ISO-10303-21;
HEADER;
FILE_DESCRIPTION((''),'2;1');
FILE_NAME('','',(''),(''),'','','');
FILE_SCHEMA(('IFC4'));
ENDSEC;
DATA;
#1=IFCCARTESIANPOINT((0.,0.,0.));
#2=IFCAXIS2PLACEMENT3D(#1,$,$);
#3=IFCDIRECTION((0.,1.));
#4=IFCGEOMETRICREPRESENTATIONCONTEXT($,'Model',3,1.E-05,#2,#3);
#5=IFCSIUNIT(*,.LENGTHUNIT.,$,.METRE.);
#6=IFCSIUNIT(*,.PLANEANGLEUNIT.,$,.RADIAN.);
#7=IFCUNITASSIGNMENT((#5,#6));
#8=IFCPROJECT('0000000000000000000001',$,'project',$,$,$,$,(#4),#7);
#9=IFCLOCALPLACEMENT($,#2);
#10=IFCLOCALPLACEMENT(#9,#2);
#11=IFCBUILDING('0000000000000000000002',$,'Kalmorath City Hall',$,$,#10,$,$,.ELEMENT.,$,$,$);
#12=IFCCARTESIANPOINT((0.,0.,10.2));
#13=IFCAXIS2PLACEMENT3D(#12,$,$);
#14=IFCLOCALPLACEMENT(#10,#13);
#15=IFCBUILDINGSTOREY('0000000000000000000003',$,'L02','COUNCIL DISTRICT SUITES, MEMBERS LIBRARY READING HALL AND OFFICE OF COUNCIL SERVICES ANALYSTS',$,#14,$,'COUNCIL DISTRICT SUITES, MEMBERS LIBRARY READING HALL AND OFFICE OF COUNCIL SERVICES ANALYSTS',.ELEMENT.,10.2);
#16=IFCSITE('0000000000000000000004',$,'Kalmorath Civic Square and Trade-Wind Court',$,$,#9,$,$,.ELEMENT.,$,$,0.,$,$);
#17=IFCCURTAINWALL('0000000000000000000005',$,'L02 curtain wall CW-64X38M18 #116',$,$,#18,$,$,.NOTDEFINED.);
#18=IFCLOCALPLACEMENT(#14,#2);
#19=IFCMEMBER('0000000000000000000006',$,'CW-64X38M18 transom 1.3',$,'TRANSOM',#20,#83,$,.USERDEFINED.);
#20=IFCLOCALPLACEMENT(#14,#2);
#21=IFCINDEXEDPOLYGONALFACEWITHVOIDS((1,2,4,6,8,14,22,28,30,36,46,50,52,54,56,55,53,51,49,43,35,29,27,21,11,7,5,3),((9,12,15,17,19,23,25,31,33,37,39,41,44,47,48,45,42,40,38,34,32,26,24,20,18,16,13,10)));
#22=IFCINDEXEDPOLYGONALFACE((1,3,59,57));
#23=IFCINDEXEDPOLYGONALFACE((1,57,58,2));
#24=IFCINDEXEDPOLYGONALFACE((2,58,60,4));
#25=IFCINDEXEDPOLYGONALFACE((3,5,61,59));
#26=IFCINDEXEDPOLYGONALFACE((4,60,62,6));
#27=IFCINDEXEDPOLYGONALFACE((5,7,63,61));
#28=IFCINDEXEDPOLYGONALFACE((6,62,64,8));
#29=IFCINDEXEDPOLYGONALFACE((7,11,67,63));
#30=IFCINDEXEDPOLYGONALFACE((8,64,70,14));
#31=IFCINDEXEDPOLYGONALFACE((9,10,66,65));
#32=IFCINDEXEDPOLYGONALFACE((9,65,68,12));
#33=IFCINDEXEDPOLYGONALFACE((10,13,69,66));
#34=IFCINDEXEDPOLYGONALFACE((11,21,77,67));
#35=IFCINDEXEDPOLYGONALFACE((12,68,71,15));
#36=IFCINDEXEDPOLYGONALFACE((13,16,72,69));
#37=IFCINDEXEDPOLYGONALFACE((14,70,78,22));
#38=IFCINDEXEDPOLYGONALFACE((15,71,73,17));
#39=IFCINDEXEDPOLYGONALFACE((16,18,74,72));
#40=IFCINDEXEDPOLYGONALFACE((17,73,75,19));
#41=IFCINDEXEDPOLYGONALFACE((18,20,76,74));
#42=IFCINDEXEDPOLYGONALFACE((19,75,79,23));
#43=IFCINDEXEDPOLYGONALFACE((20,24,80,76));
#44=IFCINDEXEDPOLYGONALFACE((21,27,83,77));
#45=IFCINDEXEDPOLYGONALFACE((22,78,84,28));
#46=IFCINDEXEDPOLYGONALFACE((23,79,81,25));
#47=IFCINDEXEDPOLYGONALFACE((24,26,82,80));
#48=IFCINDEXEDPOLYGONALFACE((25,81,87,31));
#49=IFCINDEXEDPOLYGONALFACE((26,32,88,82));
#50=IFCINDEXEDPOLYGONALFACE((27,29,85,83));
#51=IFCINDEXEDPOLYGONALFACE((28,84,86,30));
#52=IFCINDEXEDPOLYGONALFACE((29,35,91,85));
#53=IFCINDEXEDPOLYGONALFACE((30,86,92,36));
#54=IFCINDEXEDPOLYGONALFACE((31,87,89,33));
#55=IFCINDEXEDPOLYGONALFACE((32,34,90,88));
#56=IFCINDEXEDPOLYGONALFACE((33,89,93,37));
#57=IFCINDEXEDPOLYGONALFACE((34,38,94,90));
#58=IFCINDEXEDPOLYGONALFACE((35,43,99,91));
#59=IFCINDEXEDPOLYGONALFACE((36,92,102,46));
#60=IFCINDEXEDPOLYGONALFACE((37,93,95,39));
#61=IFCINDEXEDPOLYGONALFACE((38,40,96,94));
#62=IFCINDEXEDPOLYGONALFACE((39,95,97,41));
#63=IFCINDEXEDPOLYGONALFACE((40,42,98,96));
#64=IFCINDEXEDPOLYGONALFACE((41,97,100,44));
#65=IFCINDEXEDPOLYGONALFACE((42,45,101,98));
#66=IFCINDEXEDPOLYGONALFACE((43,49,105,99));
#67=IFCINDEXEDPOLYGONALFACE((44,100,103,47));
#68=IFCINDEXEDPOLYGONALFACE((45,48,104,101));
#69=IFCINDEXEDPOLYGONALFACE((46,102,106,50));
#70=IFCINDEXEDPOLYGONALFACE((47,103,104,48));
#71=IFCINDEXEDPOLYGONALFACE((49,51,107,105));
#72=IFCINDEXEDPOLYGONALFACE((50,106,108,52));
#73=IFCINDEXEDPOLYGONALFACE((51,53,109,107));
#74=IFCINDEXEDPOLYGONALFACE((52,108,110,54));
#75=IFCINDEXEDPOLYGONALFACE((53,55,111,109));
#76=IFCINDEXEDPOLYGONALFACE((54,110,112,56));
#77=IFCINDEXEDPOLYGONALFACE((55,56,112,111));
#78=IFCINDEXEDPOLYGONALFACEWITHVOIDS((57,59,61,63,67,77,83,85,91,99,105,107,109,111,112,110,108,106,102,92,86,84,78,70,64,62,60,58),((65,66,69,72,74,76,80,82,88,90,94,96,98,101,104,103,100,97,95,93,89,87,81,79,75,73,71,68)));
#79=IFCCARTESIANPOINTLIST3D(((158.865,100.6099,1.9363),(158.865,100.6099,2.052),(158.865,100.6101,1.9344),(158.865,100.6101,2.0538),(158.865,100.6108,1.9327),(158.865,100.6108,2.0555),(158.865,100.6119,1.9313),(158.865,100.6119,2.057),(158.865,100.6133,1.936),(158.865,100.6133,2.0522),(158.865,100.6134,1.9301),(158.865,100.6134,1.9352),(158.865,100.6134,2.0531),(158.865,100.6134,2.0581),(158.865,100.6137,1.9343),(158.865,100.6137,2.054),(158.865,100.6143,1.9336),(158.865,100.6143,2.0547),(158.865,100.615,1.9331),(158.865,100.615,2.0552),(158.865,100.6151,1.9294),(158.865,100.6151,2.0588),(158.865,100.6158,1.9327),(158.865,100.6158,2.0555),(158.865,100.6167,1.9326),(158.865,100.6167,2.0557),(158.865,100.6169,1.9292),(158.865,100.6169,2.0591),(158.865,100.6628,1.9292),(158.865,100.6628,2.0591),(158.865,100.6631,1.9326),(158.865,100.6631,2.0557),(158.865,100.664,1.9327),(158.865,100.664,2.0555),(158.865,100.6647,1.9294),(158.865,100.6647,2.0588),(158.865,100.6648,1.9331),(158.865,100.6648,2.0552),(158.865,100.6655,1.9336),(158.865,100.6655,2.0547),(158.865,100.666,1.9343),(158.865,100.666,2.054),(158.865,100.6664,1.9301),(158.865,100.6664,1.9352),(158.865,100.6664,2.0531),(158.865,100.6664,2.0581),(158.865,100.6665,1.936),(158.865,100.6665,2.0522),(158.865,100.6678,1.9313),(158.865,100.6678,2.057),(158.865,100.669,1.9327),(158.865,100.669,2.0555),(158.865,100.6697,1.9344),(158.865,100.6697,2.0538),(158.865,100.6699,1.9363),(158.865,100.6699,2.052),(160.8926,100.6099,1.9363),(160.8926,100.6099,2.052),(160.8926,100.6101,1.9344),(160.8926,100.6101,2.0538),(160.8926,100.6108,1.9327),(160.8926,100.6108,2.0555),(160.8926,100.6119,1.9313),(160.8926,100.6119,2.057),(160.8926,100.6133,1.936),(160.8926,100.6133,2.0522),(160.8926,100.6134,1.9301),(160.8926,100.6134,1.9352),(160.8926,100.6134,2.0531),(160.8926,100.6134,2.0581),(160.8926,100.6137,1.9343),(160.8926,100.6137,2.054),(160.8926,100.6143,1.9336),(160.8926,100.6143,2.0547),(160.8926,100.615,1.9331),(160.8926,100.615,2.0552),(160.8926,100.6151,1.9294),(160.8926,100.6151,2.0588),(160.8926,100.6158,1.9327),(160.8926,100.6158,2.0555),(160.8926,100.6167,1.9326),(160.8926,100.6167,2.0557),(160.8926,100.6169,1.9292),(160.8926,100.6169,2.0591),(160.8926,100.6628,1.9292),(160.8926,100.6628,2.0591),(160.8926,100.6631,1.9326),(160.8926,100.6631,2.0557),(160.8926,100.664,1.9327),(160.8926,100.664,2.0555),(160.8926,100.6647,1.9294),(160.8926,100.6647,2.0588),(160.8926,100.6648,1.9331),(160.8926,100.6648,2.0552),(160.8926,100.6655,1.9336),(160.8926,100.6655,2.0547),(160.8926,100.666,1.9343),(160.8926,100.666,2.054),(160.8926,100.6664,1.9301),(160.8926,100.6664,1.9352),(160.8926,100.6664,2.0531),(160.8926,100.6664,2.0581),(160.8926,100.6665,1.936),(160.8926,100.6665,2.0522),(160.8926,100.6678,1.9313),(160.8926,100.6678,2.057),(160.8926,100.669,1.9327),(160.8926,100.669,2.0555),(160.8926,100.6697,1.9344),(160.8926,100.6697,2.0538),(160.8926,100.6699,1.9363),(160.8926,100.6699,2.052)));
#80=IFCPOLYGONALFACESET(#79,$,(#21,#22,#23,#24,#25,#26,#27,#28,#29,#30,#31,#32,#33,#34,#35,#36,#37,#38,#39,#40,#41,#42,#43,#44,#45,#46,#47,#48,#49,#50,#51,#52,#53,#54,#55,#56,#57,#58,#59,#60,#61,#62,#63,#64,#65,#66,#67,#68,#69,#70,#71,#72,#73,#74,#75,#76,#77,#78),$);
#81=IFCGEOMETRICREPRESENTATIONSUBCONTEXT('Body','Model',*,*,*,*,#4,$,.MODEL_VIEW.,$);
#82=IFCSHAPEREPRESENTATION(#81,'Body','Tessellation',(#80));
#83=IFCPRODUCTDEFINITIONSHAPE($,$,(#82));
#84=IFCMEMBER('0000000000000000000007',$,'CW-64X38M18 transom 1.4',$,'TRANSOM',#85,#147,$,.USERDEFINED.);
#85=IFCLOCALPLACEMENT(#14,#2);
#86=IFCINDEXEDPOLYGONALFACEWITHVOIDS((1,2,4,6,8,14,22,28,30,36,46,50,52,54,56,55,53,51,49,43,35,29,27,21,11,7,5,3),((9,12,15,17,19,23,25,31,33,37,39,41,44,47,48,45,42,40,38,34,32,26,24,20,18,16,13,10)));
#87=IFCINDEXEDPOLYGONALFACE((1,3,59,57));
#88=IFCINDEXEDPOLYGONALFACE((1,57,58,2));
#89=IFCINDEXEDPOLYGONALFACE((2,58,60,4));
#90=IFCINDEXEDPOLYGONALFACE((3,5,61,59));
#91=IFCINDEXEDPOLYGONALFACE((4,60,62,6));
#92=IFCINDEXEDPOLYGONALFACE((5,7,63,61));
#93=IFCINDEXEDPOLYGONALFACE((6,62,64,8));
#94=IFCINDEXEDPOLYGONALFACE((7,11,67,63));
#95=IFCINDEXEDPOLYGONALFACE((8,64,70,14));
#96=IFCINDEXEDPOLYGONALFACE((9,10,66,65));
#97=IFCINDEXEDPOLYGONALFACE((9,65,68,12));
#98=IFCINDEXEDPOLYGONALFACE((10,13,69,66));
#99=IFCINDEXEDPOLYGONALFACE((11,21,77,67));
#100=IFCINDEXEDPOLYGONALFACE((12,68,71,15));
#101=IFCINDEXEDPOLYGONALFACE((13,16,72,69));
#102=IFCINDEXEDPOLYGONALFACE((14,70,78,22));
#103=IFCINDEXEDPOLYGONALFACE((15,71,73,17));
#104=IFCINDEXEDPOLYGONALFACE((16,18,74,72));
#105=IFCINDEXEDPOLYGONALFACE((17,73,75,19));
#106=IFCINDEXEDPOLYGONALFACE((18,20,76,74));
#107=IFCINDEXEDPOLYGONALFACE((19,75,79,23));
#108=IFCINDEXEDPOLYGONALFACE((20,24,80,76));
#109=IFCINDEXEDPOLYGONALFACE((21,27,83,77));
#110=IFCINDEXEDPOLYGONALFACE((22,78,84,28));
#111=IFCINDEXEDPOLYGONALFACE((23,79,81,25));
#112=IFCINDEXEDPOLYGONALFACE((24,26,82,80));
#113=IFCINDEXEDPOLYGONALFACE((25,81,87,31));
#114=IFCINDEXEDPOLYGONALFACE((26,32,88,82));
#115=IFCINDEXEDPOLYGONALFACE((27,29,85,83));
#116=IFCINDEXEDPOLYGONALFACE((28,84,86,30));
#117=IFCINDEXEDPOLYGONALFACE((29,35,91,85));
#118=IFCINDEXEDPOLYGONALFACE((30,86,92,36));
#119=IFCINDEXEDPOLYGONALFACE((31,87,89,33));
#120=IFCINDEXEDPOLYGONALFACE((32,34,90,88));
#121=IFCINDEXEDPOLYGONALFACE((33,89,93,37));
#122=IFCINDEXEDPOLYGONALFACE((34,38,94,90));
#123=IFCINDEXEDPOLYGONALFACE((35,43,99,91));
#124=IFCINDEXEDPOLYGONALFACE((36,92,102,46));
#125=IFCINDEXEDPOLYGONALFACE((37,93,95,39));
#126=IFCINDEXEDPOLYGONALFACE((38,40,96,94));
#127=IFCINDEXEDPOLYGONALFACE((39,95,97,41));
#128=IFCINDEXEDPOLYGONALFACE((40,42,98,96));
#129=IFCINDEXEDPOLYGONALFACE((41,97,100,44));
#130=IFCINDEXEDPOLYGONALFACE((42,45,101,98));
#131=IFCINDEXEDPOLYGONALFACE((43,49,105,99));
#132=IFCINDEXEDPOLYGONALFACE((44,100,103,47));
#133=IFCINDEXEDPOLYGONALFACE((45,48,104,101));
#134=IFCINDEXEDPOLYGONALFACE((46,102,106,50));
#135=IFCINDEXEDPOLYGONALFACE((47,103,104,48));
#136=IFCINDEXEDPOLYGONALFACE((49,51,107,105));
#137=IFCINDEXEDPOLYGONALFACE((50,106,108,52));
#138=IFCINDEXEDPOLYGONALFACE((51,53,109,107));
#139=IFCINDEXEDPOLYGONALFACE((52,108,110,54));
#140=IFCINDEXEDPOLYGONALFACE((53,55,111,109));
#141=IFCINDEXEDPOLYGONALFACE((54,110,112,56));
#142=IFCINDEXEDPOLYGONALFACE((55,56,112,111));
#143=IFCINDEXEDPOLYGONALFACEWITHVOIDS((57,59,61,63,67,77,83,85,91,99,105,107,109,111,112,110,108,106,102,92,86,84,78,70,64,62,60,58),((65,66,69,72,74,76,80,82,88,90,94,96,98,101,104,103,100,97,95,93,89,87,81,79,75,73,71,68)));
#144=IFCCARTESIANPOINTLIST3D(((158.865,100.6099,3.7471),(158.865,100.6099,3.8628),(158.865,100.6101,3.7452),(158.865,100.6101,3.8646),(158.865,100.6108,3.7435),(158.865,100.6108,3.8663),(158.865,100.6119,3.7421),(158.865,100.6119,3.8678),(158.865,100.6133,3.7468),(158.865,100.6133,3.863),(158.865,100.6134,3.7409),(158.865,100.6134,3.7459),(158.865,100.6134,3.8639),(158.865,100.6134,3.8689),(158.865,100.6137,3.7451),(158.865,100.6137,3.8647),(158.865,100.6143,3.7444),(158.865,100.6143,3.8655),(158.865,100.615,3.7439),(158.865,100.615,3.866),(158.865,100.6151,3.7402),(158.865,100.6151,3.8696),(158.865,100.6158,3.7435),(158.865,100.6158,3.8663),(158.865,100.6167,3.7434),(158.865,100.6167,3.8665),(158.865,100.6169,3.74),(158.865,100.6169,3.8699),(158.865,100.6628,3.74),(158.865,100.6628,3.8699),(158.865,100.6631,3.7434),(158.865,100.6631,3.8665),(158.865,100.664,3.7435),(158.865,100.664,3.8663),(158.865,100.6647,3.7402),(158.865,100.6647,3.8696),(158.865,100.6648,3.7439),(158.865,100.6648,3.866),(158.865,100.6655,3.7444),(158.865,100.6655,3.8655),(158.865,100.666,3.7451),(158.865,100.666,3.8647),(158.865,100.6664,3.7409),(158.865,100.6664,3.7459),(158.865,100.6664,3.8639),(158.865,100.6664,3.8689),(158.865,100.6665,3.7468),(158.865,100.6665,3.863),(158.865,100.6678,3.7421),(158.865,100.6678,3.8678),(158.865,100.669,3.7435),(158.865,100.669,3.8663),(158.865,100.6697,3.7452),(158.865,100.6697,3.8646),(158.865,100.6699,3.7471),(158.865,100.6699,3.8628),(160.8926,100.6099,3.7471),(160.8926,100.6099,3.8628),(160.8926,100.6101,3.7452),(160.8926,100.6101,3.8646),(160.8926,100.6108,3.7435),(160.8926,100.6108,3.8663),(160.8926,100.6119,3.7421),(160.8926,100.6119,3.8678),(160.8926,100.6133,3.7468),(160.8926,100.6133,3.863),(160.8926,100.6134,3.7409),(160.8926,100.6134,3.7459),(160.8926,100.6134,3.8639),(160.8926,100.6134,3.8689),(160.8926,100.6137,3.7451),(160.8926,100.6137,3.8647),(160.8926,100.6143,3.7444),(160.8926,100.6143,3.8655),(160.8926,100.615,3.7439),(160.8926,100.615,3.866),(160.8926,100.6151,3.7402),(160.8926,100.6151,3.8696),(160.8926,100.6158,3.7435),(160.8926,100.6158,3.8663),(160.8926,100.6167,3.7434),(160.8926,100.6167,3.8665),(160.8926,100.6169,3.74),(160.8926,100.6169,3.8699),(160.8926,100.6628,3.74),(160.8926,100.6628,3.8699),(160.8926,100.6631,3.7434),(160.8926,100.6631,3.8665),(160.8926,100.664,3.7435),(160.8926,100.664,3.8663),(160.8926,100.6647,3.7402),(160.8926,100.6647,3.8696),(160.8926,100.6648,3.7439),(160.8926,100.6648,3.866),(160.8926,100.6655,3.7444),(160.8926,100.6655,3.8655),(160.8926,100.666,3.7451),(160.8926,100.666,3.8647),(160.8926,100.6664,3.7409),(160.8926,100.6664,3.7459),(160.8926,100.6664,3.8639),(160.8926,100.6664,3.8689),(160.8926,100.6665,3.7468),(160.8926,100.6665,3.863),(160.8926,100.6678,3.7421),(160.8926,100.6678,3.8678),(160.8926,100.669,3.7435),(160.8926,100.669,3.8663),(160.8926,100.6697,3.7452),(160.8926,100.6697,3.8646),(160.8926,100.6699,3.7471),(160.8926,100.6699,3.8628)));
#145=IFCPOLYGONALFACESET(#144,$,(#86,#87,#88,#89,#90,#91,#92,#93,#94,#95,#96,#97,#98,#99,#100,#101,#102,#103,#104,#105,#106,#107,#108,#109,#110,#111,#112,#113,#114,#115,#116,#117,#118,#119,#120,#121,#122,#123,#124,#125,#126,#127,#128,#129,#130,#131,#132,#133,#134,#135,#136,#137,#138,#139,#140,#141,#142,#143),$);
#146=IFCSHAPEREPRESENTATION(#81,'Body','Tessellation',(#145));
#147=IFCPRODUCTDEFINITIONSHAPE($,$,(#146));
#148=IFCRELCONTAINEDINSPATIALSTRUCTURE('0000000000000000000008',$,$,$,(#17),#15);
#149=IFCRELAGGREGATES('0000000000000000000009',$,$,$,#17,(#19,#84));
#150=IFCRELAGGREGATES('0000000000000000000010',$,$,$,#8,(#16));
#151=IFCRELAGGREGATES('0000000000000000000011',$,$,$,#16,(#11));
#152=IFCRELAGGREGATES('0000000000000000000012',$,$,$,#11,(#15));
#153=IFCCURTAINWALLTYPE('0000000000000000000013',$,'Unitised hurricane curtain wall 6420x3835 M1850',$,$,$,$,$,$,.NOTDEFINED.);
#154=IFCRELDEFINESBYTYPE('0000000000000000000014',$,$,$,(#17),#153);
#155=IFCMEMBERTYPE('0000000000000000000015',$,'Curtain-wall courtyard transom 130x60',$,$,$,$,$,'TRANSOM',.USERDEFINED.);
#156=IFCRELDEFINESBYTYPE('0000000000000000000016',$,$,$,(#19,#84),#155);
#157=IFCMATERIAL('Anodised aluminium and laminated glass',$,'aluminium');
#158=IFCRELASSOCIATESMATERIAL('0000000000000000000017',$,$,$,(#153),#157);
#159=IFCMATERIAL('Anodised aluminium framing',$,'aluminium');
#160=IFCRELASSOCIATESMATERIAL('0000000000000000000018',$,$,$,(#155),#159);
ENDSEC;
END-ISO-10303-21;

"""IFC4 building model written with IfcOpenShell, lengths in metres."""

from ifc_helpers import new_model, si_unit, direction, frame, origin, origin_2d, place, context, subcontext, project, spatial, hollow_rectangle, extrude, material, material_profile, profile_set, type_object, element, aggregate, save


model = new_model("IFC4")

# Units and contexts
model_context = context("Model", 3, precision=1e-05, world=origin(), true_north=direction((0.0, 1.0)))
body_context = subcontext(model_context, "Body", "Model", "MODEL_VIEW")
ifc_project = project(units=[si_unit("LENGTHUNIT", "METRE"), si_unit("PLANEANGLEUNIT", "RADIAN")], contexts=[model_context])

# Site, building, storey
site_placement = place(None, origin())
site = spatial("IfcSite", under=ifc_project, at=site_placement, Name="Kalmorath Civic Square and Trade-Wind Court", CompositionType="ELEMENT", RefElevation=0.0)
building_placement = place(site_placement, origin())
building = spatial("IfcBuilding", under=site, at=building_placement, Name="Kalmorath City Hall", CompositionType="ELEMENT")
storey_placement = place(building_placement, frame((0.0, 0.0, 10.2)))
storey = spatial("IfcBuildingStorey", under=building, at=storey_placement, Name="L02", Description="COUNCIL DISTRICT SUITES, MEMBERS LIBRARY READING HALL AND OFFICE OF COUNCIL SERVICES ANALYSTS", LongName="COUNCIL DISTRICT SUITES, MEMBERS LIBRARY READING HALL AND OFFICE OF COUNCIL SERVICES ANALYSTS", CompositionType="ELEMENT", Elevation=10.2)

# Curtain wall, members
ifc_material_1 = material(Name="Anodised aluminium and laminated glass", Category="aluminium")
curtain_wall_type = type_object("IfcCurtainWallType", Name="Unitised hurricane curtain wall 6420x3835 M1850", PredefinedType="NOTDEFINED", material=ifc_material_1)
curtain_wall_placement = place(storey_placement, origin())
curtain_wall = element("IfcCurtainWall", 1, at=curtain_wall_placement, inside=storey, type_object=curtain_wall_type, Name="L02 curtain wall CW-64X38M18 #116", PredefinedType="NOTDEFINED")
ifc_material_2 = material(Name="Anodised aluminium framing", Category="aluminium")
ifc_material_profile_1 = material_profile(ifc_material_2, hollow_rectangle(XDim=0.0601, YDim=0.1299, WallThickness=0.0034, InnerFilletRadius=0.0034, OuterFilletRadius=0.0071, at=origin_2d()), Name="ALU-TRN-130X60X3.5")
ifc_profile_set_1 = profile_set([ifc_material_profile_1], Name="Anodised aluminium framing")
member_type_1 = type_object("IfcMemberType", Name="Curtain-wall courtyard transom 130x60", ElementType="TRANSOM", PredefinedType="USERDEFINED", material=ifc_profile_set_1)
member_1_placement = place(storey_placement, frame((158.865, 100.6399, 1.9941), z_axis=(1.0, 0.0, 0.0), x_axis=(0.0, 1.0, 0.0)))
member_1 = element("IfcMember", 2, at=member_1_placement, type_object=member_type_1, Name="CW-64X38M18 transom 1.3", ObjectType="TRANSOM", PredefinedType="USERDEFINED", context=body_context, shape_type="SweptSolid", body=[
    extrude(hollow_rectangle(XDim=0.0601, YDim=0.1299, WallThickness=0.0034, InnerFilletRadius=0.0034, OuterFilletRadius=0.0071, at=origin_2d()), origin(), (0.0, 0.0, 1.0), 2.0276),
])
member_2_placement = place(storey_placement, frame((158.865, 100.6399, 3.8049), z_axis=(1.0, 0.0, 0.0), x_axis=(0.0, 1.0, 0.0)))
member_2 = element("IfcMember", 3, at=member_2_placement, type_object=member_type_1, Name="CW-64X38M18 transom 1.4", ObjectType="TRANSOM", PredefinedType="USERDEFINED", context=body_context, shape_type="SweptSolid", body=[
    extrude(hollow_rectangle(XDim=0.0601, YDim=0.1299, WallThickness=0.0034, InnerFilletRadius=0.0034, OuterFilletRadius=0.0071, at=origin_2d()), origin(), (0.0, 0.0, 1.0), 2.0276),
])

aggregate(curtain_wall, [member_1, member_2])

save(model, "model.ifc")
